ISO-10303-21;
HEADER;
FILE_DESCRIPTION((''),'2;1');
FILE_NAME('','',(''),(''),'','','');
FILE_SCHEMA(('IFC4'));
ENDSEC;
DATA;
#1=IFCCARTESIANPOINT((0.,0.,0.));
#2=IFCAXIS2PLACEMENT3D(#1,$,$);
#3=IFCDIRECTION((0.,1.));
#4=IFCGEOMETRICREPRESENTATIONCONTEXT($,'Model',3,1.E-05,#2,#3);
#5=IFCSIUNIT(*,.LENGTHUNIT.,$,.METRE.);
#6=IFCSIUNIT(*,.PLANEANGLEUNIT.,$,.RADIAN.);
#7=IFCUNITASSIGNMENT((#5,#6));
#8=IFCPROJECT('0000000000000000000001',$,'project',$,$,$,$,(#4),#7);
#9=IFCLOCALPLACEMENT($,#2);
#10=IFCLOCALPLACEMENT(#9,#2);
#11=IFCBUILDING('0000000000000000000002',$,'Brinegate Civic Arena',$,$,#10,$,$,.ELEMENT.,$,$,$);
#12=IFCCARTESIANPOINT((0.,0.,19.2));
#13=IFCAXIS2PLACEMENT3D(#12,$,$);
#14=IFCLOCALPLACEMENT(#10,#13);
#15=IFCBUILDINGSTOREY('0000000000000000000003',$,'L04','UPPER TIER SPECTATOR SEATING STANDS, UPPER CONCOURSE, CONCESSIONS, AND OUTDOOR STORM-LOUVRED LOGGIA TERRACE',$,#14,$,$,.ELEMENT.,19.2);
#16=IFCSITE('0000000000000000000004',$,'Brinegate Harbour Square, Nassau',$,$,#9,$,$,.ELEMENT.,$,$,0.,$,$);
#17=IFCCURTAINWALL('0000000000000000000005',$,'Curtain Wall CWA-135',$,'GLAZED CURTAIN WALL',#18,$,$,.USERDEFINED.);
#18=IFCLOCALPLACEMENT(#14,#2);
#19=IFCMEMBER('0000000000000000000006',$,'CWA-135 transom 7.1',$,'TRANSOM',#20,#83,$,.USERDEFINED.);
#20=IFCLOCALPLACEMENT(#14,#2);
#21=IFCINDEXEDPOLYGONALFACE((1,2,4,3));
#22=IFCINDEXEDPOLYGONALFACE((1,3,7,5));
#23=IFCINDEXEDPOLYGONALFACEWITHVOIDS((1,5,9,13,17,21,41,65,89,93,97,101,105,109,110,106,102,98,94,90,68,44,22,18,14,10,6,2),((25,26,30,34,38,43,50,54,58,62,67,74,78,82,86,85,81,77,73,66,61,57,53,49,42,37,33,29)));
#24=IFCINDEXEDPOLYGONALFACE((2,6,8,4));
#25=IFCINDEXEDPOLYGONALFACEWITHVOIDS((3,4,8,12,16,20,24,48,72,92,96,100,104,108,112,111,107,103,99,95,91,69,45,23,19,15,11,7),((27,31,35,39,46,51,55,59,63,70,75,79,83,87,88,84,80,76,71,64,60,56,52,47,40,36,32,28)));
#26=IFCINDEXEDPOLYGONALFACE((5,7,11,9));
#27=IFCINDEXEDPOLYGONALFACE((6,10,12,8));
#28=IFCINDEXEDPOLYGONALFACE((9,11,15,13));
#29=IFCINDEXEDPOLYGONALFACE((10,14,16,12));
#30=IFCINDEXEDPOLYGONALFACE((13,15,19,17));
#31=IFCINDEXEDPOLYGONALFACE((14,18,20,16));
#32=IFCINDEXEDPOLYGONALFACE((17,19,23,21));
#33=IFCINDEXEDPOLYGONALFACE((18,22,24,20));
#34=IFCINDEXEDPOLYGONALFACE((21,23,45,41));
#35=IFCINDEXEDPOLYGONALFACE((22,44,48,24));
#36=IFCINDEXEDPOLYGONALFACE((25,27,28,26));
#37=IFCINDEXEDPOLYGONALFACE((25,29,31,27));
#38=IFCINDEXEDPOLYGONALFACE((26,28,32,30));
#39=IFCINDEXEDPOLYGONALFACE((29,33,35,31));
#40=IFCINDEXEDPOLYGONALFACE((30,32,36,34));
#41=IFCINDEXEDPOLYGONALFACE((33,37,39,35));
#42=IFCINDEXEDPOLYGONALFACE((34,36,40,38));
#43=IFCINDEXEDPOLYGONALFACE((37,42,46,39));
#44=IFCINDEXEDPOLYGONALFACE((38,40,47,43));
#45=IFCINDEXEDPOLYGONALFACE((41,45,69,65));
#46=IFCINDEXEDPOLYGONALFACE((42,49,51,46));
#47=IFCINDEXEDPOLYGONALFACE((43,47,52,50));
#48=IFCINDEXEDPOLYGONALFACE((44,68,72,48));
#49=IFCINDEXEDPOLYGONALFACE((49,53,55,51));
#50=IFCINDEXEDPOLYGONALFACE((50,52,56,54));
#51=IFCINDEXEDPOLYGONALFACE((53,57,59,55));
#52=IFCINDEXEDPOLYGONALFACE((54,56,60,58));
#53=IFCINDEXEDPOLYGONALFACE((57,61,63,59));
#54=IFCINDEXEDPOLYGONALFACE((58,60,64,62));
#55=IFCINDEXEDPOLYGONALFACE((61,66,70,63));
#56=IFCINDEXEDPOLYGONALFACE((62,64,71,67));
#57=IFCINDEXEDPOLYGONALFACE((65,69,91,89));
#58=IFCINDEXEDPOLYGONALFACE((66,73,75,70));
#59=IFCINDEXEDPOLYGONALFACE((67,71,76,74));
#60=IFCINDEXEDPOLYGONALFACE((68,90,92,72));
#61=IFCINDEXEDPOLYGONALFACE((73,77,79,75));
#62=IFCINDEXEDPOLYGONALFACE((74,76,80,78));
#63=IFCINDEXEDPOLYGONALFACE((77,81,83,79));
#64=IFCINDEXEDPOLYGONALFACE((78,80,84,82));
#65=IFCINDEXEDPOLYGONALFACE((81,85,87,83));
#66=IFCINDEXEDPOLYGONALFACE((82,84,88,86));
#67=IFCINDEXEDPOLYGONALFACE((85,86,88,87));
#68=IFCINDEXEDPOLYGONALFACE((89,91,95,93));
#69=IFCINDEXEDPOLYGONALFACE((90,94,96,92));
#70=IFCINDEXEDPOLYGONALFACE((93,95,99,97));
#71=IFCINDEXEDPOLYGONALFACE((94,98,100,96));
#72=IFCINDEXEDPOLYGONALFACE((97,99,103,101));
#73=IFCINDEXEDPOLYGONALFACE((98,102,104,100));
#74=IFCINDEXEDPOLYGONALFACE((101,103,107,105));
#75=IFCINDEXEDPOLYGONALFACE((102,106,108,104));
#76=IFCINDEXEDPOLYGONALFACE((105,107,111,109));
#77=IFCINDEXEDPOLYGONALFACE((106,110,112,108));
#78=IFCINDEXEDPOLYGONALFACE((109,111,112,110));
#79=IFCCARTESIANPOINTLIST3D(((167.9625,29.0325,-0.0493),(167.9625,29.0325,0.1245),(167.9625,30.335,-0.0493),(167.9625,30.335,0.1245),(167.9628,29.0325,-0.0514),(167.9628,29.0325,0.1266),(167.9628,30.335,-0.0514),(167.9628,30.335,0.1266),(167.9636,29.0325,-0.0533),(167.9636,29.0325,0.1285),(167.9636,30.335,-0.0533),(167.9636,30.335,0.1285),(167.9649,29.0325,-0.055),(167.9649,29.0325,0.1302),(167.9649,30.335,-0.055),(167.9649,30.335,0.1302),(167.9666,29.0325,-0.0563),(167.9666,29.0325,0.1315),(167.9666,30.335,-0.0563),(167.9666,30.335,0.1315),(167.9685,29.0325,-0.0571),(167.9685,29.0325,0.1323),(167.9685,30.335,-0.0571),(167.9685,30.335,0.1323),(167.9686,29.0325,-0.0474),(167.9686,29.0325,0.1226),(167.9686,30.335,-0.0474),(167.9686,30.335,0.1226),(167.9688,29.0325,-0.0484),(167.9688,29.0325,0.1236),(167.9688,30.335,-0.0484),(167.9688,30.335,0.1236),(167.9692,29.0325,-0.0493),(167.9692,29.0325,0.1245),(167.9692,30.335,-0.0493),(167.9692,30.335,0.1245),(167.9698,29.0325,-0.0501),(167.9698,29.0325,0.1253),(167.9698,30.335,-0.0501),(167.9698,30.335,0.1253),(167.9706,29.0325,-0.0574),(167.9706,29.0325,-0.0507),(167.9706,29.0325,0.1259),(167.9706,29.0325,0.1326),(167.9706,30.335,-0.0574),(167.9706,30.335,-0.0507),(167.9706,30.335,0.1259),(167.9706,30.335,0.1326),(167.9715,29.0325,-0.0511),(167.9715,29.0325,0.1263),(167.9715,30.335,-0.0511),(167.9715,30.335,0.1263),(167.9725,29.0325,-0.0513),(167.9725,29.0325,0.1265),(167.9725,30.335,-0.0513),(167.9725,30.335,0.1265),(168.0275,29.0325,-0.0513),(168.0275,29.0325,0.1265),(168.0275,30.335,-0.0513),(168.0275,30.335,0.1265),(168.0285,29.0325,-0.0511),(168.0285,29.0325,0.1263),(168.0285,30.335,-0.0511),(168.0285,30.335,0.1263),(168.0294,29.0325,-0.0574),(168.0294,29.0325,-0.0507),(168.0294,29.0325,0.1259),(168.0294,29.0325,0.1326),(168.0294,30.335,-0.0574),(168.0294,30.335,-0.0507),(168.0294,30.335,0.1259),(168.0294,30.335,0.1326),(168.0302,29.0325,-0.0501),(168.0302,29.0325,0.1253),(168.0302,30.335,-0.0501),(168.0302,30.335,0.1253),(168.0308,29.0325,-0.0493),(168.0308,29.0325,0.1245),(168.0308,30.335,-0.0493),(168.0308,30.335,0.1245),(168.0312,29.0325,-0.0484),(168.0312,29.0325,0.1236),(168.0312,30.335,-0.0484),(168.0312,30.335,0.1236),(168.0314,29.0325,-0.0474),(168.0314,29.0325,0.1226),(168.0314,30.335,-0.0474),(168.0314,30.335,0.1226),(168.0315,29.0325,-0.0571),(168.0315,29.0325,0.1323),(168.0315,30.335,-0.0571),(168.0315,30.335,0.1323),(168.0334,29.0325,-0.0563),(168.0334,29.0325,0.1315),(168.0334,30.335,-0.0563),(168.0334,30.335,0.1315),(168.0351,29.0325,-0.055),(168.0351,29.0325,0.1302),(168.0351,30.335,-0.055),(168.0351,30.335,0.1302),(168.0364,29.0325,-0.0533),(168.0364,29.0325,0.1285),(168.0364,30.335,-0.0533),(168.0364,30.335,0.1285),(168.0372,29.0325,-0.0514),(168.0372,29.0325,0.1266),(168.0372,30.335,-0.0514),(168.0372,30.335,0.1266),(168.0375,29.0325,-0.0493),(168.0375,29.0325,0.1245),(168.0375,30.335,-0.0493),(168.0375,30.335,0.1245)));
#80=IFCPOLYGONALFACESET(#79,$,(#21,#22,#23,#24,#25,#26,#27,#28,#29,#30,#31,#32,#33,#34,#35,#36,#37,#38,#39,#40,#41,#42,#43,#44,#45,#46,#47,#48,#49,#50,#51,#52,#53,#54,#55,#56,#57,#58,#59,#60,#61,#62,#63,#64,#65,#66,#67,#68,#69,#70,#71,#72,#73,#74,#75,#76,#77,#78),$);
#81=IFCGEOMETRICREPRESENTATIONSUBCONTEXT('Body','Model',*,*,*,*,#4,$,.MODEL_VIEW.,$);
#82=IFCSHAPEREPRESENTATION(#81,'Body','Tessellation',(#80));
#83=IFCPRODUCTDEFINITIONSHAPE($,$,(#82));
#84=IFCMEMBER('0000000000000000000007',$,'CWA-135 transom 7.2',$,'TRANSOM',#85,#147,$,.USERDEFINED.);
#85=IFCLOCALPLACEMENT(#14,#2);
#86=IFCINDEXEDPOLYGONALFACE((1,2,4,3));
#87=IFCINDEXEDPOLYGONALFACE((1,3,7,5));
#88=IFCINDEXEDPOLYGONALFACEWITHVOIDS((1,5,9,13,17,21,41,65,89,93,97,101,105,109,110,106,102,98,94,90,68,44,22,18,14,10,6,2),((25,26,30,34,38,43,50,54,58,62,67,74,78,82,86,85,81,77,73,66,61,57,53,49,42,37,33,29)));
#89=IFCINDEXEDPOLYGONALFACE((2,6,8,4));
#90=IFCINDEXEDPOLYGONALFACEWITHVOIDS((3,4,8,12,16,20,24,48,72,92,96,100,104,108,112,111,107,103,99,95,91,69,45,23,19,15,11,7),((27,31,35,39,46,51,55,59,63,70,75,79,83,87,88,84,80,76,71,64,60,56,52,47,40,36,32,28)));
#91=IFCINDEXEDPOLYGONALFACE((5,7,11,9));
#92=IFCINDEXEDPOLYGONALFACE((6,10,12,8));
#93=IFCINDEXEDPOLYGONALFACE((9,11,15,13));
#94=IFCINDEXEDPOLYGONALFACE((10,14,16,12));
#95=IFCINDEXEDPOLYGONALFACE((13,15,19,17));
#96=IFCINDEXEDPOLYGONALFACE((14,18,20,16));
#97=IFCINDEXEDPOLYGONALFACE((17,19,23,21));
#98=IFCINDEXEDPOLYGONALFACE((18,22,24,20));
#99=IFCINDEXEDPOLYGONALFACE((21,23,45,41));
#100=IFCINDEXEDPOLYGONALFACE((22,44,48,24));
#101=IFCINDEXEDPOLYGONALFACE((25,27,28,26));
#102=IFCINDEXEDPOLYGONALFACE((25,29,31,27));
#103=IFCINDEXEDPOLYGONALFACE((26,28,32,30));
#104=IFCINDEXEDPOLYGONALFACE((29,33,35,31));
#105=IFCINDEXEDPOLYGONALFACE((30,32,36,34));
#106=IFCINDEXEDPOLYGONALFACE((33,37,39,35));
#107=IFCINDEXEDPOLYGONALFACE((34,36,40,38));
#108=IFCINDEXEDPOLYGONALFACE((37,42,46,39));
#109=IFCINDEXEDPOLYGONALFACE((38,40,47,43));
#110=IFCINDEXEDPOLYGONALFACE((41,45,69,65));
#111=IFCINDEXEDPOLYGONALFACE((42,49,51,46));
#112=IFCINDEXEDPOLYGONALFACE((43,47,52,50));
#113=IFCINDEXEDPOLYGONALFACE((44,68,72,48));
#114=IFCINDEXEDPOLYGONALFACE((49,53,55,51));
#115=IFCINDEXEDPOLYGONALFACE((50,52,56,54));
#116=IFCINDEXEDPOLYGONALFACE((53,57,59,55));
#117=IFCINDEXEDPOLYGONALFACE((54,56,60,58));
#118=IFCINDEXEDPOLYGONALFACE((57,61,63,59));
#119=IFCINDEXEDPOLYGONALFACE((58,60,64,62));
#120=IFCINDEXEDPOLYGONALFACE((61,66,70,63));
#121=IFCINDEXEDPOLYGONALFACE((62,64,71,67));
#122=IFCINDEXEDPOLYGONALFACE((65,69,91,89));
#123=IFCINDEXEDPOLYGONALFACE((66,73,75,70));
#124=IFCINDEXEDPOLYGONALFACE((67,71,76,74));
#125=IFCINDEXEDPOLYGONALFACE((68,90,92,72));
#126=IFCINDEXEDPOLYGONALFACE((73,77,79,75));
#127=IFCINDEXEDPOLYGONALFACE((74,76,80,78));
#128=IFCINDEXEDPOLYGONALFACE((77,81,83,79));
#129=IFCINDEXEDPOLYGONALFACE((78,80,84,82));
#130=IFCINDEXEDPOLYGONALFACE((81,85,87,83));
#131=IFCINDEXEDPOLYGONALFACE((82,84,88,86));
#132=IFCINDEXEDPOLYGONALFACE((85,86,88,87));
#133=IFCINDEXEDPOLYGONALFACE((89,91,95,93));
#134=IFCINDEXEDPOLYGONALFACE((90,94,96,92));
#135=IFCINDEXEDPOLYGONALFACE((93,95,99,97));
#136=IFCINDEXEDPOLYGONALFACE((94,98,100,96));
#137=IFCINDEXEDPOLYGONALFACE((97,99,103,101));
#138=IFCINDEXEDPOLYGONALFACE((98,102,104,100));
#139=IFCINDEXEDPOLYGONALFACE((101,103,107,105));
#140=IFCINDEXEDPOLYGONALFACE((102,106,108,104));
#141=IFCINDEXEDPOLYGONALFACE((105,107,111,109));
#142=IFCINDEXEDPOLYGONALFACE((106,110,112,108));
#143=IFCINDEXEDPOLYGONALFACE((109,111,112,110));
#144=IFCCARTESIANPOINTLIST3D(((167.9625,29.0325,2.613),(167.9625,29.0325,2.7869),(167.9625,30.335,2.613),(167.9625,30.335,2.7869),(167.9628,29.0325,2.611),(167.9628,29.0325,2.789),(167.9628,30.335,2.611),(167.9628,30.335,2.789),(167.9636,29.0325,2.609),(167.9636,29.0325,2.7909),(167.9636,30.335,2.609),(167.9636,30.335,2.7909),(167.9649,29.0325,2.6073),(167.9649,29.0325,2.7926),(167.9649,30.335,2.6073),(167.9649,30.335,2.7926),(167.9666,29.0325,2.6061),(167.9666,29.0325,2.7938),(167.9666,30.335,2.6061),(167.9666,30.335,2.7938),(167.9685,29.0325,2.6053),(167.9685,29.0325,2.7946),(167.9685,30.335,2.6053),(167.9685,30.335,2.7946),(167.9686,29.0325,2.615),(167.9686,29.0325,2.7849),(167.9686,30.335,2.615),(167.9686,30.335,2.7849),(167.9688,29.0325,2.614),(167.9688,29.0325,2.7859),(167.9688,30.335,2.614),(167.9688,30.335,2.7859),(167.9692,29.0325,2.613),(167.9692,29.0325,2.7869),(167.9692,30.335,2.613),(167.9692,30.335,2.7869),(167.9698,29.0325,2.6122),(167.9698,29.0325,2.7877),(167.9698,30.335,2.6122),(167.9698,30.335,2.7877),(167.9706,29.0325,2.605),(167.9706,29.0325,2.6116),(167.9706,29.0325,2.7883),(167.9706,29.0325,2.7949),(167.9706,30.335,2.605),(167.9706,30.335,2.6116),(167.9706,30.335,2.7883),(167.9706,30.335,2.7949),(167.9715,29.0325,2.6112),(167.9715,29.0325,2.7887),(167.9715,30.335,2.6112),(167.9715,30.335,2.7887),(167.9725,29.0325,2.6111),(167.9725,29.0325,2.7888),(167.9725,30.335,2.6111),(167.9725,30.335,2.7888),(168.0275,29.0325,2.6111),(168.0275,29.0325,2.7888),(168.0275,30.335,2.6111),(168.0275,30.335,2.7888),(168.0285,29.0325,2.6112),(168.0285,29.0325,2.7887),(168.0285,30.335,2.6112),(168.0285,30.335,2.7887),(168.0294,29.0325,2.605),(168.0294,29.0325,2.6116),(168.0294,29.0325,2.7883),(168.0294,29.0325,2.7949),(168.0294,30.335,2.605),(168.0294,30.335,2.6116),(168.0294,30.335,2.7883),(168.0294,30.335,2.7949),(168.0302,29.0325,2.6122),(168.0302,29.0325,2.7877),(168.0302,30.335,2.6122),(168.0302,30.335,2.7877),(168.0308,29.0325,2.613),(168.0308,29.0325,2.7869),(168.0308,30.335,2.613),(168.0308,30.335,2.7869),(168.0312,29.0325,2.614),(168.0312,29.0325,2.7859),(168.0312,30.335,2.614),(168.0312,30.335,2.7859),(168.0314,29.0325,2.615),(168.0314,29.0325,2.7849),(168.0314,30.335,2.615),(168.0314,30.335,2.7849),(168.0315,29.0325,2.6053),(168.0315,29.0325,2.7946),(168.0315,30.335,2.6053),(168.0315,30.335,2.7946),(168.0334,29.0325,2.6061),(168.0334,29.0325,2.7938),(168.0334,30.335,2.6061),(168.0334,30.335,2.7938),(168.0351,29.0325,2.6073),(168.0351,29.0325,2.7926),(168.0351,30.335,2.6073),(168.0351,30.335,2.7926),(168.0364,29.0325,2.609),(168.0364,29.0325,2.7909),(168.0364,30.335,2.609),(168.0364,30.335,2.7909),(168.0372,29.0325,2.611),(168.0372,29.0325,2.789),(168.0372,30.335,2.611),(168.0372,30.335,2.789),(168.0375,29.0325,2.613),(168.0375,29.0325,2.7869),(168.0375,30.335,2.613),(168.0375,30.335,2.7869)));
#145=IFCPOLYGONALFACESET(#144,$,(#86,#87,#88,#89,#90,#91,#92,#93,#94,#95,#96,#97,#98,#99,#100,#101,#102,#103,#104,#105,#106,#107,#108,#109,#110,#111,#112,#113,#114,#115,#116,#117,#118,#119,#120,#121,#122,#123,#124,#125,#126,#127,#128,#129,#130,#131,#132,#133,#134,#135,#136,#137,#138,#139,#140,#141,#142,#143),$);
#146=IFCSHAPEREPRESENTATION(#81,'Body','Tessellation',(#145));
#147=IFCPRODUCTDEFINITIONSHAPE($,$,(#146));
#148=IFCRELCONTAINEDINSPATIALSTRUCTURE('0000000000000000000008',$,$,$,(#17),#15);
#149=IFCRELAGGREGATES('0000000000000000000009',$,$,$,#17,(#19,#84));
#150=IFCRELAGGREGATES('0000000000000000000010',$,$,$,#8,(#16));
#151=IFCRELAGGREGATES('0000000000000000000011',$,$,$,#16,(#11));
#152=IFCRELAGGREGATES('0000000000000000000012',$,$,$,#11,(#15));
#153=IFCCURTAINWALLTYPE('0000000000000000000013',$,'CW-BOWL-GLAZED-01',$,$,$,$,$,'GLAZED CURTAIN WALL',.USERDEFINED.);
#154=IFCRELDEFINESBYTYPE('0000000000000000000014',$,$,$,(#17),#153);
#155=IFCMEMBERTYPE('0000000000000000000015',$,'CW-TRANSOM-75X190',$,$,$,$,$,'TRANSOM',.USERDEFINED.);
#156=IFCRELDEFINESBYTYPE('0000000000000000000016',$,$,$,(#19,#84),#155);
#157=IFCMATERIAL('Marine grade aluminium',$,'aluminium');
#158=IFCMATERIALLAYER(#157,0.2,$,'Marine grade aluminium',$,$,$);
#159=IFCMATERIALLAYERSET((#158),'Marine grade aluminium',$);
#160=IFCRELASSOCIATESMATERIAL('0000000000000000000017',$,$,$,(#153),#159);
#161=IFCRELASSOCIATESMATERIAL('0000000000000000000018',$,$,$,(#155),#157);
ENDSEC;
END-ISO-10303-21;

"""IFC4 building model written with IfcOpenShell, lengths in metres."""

from ifc_helpers import new_model, si_unit, direction, frame, origin, origin_2d, place, context, subcontext, project, spatial, hollow_rectangle, extrude, material, layer, layer_set, material_profile, profile_set, type_object, element, aggregate, save


model = new_model("IFC4")

# Units and contexts
model_context = context("Model", 3, precision=1e-05, world=origin(), true_north=direction((0.0, 1.0)))
body_context = subcontext(model_context, "Body", "Model", "MODEL_VIEW")
ifc_project = project(units=[si_unit("LENGTHUNIT", "METRE"), si_unit("PLANEANGLEUNIT", "RADIAN")], contexts=[model_context])

# Site, building, storey
site_placement = place(None, origin())
site = spatial("IfcSite", under=ifc_project, at=site_placement, Name="Brinegate Harbour Square, Nassau", CompositionType="ELEMENT", RefElevation=0.0)
building_placement = place(site_placement, origin())
building = spatial("IfcBuilding", under=site, at=building_placement, Name="Brinegate Civic Arena", CompositionType="ELEMENT")
storey_placement = place(building_placement, frame((0.0, 0.0, 19.2)))
storey = spatial("IfcBuildingStorey", under=building, at=storey_placement, Name="L04", Description="UPPER TIER SPECTATOR SEATING STANDS, UPPER CONCOURSE, CONCESSIONS, AND OUTDOOR STORM-LOUVRED LOGGIA TERRACE", CompositionType="ELEMENT", Elevation=19.2)

# Curtain wall, members
ifc_material_1 = material(Name="Marine grade aluminium", Category="aluminium")
ifc_layer_1 = layer(ifc_material_1, 0.2, Name="Marine grade aluminium")
ifc_layer_set_1 = layer_set([ifc_layer_1], Name="Marine grade aluminium")
curtain_wall_type = type_object("IfcCurtainWallType", Name="CW-BOWL-GLAZED-01", ElementType="GLAZED CURTAIN WALL", PredefinedType="USERDEFINED", material=ifc_layer_set_1)
curtain_wall_placement = place(storey_placement, origin())
curtain_wall = element("IfcCurtainWall", 1, at=curtain_wall_placement, inside=storey, type_object=curtain_wall_type, Name="Curtain Wall CWA-135", ObjectType="GLAZED CURTAIN WALL", PredefinedType="USERDEFINED")
ifc_material_profile_1 = material_profile(ifc_material_1, hollow_rectangle(XDim=0.075, YDim=0.1899, WallThickness=0.0061, InnerFilletRadius=0.0039, OuterFilletRadius=0.0081, at=origin_2d()), Name="TRN75X190")
ifc_profile_set_1 = profile_set([ifc_material_profile_1], Name="Marine grade aluminium")
member_type_1 = type_object("IfcMemberType", Name="CW-TRANSOM-75X190", ElementType="TRANSOM", PredefinedType="USERDEFINED", material=ifc_profile_set_1)
member_1_placement = place(storey_placement, frame((168.0, 29.0325, 0.0376), z_axis=(0.0, 1.0, 0.0), x_axis=(-1.0, 0.0, 0.0)))
member_1 = element("IfcMember", 2, at=member_1_placement, type_object=member_type_1, Name="CWA-135 transom 7.1", ObjectType="TRANSOM", PredefinedType="USERDEFINED", context=body_context, shape_type="SweptSolid", body=[
    extrude(hollow_rectangle(XDim=0.075, YDim=0.1899, WallThickness=0.0061, InnerFilletRadius=0.0039, OuterFilletRadius=0.0081, at=origin_2d()), origin(), (0.0, 0.0, 1.0), 1.3025),
])
member_2_placement = place(storey_placement, frame((168.0, 29.0325, 2.7), z_axis=(0.0, 1.0, 0.0), x_axis=(-1.0, 0.0, 0.0)))
member_2 = element("IfcMember", 3, at=member_2_placement, type_object=member_type_1, Name="CWA-135 transom 7.2", ObjectType="TRANSOM", PredefinedType="USERDEFINED", context=body_context, shape_type="SweptSolid", body=[
    extrude(hollow_rectangle(XDim=0.075, YDim=0.1899, WallThickness=0.0061, InnerFilletRadius=0.0039, OuterFilletRadius=0.0081, at=origin_2d()), origin(), (0.0, 0.0, 1.0), 1.3025),
])

aggregate(curtain_wall, [member_1, member_2])

save(model, "model.ifc")
